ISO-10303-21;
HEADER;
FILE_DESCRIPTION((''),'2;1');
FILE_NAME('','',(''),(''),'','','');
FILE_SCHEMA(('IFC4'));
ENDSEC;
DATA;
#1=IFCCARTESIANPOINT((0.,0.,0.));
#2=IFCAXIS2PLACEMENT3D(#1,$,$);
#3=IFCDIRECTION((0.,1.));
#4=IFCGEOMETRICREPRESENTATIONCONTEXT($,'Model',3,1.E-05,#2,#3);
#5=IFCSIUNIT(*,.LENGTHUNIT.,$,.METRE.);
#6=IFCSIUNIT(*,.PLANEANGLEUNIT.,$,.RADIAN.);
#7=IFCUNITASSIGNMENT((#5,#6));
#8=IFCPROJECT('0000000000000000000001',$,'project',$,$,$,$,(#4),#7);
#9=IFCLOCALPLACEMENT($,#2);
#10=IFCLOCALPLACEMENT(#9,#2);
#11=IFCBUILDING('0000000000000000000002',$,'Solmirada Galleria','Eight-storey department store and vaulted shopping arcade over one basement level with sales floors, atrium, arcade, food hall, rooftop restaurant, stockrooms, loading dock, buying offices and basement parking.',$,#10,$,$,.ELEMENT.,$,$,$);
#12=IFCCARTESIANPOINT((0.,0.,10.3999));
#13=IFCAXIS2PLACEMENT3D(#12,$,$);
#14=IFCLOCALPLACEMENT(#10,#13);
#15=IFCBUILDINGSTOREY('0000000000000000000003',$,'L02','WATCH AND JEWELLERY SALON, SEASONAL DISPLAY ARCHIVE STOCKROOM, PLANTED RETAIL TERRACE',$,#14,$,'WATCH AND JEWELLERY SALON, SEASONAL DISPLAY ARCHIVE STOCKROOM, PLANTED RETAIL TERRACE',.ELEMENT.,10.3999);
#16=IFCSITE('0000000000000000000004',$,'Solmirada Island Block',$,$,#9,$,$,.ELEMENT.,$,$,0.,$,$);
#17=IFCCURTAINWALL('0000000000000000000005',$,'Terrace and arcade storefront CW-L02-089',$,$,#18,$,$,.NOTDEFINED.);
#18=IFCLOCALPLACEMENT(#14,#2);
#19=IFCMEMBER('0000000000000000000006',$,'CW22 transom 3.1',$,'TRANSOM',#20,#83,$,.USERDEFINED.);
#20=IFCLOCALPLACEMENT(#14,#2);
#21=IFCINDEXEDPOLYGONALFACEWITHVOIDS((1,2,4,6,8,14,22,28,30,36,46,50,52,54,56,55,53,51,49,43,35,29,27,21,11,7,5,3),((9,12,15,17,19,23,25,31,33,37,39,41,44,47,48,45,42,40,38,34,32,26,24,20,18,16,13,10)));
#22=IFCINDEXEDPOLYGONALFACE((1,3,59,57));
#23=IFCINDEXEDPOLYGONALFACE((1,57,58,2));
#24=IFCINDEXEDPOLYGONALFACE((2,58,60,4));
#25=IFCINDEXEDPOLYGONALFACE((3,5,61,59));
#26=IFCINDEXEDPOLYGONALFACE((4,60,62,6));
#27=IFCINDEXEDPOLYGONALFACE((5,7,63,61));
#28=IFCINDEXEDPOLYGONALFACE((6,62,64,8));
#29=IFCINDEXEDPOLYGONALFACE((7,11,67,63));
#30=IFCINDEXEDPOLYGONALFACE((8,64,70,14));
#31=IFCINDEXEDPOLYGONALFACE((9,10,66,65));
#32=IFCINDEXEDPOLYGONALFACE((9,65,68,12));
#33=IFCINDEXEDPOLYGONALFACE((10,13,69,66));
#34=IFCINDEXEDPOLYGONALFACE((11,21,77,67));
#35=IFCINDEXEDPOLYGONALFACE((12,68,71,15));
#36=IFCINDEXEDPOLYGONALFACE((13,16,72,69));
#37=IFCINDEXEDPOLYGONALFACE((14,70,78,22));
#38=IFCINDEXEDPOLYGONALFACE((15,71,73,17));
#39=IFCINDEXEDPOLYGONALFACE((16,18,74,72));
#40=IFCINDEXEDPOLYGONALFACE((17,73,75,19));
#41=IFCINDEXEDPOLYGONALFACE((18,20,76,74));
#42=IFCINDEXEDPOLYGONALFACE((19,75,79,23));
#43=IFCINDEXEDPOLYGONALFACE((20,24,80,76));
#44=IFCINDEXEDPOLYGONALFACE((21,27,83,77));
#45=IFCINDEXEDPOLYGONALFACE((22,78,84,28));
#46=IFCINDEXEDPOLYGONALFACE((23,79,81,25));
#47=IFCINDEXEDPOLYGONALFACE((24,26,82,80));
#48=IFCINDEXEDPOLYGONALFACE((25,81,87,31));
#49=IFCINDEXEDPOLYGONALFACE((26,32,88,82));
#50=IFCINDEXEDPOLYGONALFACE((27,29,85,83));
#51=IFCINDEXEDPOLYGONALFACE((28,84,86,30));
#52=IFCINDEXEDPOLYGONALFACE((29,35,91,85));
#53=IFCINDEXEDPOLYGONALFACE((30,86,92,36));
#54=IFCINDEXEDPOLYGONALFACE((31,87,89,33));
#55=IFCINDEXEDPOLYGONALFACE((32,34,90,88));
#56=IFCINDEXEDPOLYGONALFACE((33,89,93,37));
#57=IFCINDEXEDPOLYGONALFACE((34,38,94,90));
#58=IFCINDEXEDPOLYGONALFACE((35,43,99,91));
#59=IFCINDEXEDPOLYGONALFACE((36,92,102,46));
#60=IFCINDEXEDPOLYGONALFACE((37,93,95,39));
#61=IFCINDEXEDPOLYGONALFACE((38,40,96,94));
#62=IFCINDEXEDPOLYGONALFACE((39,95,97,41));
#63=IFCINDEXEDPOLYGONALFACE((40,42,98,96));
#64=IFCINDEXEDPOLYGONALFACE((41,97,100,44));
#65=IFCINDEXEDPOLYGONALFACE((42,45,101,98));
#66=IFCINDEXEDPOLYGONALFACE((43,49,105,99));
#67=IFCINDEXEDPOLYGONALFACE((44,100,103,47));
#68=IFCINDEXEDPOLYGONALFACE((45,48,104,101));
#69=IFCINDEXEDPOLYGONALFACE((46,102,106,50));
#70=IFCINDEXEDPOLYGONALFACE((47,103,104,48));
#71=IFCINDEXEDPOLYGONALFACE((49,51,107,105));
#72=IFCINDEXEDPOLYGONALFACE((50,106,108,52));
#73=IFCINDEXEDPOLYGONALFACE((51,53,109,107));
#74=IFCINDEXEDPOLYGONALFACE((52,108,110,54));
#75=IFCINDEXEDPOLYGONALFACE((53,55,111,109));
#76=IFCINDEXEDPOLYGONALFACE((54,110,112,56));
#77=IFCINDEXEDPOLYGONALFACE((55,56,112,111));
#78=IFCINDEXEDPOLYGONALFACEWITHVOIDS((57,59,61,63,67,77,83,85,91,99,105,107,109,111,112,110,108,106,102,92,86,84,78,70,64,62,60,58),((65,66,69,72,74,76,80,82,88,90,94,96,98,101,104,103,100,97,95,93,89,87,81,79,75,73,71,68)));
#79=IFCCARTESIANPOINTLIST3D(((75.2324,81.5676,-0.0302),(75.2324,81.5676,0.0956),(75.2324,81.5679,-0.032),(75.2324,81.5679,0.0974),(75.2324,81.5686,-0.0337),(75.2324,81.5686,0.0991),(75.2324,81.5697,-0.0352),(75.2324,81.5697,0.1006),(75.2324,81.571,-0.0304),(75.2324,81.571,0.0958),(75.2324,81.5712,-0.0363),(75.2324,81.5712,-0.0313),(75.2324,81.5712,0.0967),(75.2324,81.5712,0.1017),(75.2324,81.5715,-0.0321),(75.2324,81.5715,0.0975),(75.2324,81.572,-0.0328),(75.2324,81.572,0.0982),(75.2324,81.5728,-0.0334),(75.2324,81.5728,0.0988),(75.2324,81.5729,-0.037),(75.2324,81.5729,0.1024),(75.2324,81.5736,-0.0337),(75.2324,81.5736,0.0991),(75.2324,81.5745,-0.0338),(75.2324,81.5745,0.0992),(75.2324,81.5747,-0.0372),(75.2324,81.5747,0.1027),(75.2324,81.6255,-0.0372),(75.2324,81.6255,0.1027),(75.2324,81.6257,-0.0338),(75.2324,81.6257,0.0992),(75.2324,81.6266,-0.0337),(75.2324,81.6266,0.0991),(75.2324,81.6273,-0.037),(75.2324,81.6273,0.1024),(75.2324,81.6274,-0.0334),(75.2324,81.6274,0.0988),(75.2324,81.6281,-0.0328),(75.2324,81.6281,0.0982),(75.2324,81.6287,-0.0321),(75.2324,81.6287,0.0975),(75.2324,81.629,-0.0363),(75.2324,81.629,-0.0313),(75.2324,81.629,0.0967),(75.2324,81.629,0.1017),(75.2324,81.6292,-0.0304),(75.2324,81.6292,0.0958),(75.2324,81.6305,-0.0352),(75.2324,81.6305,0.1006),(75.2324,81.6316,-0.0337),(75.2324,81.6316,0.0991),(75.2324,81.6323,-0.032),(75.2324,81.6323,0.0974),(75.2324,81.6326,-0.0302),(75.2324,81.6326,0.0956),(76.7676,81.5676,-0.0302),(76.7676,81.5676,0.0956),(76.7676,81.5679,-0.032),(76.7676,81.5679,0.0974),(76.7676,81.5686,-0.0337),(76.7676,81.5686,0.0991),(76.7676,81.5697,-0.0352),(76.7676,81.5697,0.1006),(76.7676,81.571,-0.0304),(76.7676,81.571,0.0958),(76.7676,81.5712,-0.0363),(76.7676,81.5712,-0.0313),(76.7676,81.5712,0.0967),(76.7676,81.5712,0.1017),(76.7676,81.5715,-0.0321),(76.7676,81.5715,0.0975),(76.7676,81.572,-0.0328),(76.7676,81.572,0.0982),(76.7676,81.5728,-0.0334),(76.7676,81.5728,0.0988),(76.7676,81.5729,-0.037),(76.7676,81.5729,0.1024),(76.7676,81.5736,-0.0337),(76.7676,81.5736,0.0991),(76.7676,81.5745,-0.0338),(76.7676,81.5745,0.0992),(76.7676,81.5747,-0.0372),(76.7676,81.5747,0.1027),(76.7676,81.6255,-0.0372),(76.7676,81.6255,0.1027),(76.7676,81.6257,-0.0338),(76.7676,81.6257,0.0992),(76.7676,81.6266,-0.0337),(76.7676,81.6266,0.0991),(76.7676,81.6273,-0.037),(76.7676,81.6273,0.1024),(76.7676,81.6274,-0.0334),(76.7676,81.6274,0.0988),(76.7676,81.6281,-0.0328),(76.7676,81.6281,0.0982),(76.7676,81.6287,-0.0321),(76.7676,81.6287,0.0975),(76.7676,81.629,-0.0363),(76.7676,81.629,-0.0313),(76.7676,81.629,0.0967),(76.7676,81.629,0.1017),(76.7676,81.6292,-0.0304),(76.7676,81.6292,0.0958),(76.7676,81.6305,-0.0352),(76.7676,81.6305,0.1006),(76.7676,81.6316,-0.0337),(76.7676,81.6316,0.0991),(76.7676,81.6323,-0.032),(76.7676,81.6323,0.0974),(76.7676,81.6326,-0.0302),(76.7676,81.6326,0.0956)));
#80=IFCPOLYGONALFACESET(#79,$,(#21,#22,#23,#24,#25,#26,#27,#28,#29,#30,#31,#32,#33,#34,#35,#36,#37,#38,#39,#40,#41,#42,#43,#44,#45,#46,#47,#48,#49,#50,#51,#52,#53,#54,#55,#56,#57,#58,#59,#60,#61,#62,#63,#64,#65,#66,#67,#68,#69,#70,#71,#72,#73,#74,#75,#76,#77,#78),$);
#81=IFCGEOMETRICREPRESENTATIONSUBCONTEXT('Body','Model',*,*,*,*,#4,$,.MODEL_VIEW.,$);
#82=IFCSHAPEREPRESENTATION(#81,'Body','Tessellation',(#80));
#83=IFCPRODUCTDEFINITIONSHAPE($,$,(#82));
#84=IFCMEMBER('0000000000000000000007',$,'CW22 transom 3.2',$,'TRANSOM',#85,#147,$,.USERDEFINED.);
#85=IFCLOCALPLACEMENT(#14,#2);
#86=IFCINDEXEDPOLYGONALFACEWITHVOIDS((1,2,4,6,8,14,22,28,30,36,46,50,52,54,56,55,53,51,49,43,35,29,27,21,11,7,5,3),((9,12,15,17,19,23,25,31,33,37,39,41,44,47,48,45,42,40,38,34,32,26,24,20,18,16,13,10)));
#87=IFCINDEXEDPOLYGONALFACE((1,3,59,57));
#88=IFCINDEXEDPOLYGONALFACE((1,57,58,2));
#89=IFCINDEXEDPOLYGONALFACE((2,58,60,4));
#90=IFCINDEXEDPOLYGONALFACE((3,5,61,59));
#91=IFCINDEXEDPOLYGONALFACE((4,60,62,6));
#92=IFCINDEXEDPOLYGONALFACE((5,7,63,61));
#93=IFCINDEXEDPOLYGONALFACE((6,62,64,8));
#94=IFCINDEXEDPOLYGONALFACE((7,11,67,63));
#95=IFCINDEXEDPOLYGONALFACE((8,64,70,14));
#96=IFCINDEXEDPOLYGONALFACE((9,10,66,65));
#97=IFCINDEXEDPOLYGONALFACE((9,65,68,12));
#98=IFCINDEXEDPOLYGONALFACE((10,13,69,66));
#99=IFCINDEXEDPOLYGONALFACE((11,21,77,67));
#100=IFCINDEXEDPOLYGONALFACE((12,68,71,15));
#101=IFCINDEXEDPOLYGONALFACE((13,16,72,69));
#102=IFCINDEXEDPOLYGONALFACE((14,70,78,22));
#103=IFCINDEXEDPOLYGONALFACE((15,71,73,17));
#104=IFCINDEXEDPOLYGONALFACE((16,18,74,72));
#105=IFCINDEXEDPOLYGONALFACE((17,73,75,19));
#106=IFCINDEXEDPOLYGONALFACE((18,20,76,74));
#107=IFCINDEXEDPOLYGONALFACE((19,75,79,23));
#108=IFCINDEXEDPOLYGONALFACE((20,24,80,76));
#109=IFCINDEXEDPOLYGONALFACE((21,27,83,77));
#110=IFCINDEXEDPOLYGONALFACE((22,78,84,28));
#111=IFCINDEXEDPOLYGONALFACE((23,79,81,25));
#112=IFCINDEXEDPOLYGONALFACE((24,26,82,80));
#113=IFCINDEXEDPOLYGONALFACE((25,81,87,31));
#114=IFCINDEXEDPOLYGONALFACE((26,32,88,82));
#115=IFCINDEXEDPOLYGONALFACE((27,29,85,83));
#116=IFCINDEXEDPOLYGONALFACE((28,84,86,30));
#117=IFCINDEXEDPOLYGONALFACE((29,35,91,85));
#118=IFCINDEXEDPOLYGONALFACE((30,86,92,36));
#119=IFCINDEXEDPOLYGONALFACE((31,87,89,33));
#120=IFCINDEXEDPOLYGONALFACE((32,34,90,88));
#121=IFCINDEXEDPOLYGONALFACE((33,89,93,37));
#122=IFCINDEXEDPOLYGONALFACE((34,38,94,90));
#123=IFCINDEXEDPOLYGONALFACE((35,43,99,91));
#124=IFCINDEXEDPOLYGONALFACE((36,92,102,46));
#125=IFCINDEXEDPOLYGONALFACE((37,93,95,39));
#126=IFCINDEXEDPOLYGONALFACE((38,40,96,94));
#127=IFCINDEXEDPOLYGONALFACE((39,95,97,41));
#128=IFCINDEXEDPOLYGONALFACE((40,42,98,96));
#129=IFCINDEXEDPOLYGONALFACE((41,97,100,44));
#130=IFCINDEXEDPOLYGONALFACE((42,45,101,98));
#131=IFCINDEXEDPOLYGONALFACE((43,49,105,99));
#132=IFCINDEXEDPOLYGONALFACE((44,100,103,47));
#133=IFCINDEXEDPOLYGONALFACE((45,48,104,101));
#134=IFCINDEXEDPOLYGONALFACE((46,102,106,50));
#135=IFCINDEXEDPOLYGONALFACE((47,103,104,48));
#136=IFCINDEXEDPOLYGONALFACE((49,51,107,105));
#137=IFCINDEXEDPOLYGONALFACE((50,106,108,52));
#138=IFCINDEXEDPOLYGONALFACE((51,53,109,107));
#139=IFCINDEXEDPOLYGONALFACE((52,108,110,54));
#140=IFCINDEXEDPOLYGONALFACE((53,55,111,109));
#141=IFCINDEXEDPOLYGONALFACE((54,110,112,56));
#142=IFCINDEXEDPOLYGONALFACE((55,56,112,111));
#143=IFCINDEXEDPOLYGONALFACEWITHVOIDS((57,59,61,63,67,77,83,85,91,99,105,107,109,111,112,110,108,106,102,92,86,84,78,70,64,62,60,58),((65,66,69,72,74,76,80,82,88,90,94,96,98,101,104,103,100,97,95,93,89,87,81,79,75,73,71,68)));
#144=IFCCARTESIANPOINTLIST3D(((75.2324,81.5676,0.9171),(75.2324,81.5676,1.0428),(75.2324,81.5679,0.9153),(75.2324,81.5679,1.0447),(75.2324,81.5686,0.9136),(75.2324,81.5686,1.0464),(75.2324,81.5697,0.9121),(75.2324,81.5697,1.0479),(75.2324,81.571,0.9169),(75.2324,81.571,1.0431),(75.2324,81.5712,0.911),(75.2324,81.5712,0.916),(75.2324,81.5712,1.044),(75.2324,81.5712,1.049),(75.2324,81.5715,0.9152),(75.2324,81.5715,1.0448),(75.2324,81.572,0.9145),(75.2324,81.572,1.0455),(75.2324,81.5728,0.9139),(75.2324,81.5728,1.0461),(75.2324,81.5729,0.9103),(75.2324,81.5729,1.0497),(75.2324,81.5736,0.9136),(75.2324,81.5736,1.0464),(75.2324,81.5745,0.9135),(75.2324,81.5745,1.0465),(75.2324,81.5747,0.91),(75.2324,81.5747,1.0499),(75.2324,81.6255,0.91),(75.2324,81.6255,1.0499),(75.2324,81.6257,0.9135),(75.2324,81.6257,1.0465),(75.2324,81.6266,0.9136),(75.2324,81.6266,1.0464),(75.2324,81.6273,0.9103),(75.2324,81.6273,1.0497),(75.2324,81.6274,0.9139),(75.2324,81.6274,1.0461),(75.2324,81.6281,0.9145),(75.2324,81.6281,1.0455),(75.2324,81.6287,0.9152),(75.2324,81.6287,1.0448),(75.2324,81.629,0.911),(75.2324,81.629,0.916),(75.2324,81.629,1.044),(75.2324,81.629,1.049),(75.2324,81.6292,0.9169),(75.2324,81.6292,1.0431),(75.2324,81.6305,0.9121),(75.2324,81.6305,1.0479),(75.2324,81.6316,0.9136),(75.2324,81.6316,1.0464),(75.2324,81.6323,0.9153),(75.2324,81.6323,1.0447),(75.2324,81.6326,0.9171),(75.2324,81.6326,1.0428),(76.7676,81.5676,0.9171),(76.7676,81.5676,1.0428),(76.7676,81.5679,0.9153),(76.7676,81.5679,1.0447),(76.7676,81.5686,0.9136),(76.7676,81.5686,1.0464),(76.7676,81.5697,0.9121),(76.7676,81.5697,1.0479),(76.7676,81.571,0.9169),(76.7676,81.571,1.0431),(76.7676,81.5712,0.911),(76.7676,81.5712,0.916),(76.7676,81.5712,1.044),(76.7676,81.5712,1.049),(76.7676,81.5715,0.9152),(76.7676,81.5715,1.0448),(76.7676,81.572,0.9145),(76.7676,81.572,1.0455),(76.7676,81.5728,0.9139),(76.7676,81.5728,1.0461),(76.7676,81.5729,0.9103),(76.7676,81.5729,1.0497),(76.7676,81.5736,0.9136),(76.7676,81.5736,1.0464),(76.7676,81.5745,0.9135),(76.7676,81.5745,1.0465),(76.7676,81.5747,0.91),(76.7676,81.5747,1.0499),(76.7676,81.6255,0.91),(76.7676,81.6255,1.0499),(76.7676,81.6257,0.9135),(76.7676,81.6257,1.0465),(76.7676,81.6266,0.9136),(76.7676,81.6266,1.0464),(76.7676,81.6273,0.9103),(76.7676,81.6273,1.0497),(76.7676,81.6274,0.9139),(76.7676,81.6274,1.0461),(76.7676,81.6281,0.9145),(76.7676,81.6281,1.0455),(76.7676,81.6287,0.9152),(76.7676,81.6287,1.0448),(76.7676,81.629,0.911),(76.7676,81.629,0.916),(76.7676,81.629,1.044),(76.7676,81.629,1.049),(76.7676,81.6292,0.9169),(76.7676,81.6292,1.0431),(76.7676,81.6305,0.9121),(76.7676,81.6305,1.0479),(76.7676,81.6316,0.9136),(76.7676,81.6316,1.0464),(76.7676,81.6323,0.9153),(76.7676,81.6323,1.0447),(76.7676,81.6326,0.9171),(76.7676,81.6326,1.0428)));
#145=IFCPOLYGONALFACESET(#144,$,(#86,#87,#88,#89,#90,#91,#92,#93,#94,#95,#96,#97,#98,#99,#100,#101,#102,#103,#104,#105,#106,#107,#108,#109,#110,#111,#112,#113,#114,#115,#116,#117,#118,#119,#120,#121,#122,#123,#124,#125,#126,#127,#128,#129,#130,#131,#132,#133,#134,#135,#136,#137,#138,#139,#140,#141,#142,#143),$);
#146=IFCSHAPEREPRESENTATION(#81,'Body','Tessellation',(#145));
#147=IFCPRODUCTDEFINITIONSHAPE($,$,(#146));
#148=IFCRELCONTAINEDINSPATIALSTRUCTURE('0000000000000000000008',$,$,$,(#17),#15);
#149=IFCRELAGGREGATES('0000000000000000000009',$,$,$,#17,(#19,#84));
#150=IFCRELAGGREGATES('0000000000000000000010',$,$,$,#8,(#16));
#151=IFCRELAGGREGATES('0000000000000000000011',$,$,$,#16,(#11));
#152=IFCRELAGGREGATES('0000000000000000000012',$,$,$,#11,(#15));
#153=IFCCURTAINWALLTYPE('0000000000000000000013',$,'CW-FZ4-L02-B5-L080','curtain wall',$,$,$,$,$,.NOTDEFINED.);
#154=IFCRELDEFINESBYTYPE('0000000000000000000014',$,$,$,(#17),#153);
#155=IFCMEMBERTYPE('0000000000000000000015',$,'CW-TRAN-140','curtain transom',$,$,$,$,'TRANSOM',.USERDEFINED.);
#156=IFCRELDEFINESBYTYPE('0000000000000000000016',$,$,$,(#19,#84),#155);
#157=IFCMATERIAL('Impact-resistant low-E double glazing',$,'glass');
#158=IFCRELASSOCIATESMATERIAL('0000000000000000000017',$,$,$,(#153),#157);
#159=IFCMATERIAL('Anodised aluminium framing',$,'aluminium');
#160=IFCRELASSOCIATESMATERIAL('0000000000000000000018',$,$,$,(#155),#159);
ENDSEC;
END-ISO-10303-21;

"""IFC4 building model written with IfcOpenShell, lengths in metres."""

from ifc_helpers import new_model, si_unit, direction, frame, origin, origin_2d, place, context, subcontext, project, spatial, hollow_rectangle, extrude, material, material_profile, profile_set, type_object, element, aggregate, save


model = new_model("IFC4")

# Units and contexts
model_context = context("Model", 3, precision=1e-05, world=origin(), true_north=direction((0.0, 1.0)))
body_context = subcontext(model_context, "Body", "Model", "MODEL_VIEW")
ifc_project = project(units=[si_unit("LENGTHUNIT", "METRE"), si_unit("PLANEANGLEUNIT", "RADIAN")], contexts=[model_context])

# Site, building, storey
site_placement = place(None, origin())
site = spatial("IfcSite", under=ifc_project, at=site_placement, Name="Solmirada Island Block", CompositionType="ELEMENT", RefElevation=0.0)
building_placement = place(site_placement, origin())
building = spatial("IfcBuilding", under=site, at=building_placement, Name="Solmirada Galleria", Description="Eight-storey department store and vaulted shopping arcade over one basement level with sales floors, atrium, arcade, food hall, rooftop restaurant, stockrooms, loading dock, buying offices and basement parking.", CompositionType="ELEMENT")
storey_placement = place(building_placement, frame((0.0, 0.0, 10.3999)))
storey = spatial("IfcBuildingStorey", under=building, at=storey_placement, Name="L02", Description="WATCH AND JEWELLERY SALON, SEASONAL DISPLAY ARCHIVE STOCKROOM, PLANTED RETAIL TERRACE", LongName="WATCH AND JEWELLERY SALON, SEASONAL DISPLAY ARCHIVE STOCKROOM, PLANTED RETAIL TERRACE", CompositionType="ELEMENT", Elevation=10.3999)

# Shared definitions
ifc_material_1 = material(Name="Impact-resistant low-E double glazing", Category="glass")
curtain_wall_type = type_object("IfcCurtainWallType", Name="CW-FZ4-L02-B5-L080", Description="curtain wall", PredefinedType="NOTDEFINED", material=ifc_material_1)
ifc_material_2 = material(Name="Anodised aluminium framing", Category="aluminium")

# Curtain wall, members
curtain_wall_1_placement = place(storey_placement, origin())
curtain_wall_1 = element("IfcCurtainWall", 1, at=curtain_wall_1_placement, inside=storey, type_object=curtain_wall_type, Name="Terrace and arcade storefront CW-L02-089", PredefinedType="NOTDEFINED")
ifc_material_profile_1 = material_profile(ifc_material_2, hollow_rectangle(XDim=0.0649, YDim=0.1399, WallThickness=0.0034, InnerFilletRadius=0.0034, OuterFilletRadius=0.0071, at=origin_2d()), Name="ALU-TRAN-140X65")
ifc_profile_set_1 = profile_set([ifc_material_profile_1], Name="Anodised aluminium framing")
member_type_1 = type_object("IfcMemberType", Name="CW-TRAN-140", Description="curtain transom", ElementType="TRANSOM", PredefinedType="USERDEFINED", material=ifc_profile_set_1)
member_1_placement = place(storey_placement, frame((76.7676, 81.6001, 0.0327), z_axis=(-1.0, 0.0, 0.0), x_axis=(0.0, -1.0, 0.0)))
member_1 = element("IfcMember", 2, at=member_1_placement, type_object=member_type_1, Name="CW22 transom 3.1", ObjectType="TRANSOM", PredefinedType="USERDEFINED", context=body_context, shape_type="SweptSolid", body=[
    extrude(hollow_rectangle(XDim=0.0649, YDim=0.1399, WallThickness=0.0034, InnerFilletRadius=0.0034, OuterFilletRadius=0.0071, at=origin_2d()), origin(), (0.0, 0.0, 1.0), 1.5352),
])
member_2_placement = place(storey_placement, frame((76.7676, 81.6001, 0.98), z_axis=(-1.0, 0.0, 0.0), x_axis=(0.0, -1.0, 0.0)))
member_2 = element("IfcMember", 3, at=member_2_placement, type_object=member_type_1, Name="CW22 transom 3.2", ObjectType="TRANSOM", PredefinedType="USERDEFINED", context=body_context, shape_type="SweptSolid", body=[
    extrude(hollow_rectangle(XDim=0.0649, YDim=0.1399, WallThickness=0.0034, InnerFilletRadius=0.0034, OuterFilletRadius=0.0071, at=origin_2d()), origin(), (0.0, 0.0, 1.0), 1.5352),
])

aggregate(curtain_wall_1, [member_1, member_2])

save(model, "model.ifc")
